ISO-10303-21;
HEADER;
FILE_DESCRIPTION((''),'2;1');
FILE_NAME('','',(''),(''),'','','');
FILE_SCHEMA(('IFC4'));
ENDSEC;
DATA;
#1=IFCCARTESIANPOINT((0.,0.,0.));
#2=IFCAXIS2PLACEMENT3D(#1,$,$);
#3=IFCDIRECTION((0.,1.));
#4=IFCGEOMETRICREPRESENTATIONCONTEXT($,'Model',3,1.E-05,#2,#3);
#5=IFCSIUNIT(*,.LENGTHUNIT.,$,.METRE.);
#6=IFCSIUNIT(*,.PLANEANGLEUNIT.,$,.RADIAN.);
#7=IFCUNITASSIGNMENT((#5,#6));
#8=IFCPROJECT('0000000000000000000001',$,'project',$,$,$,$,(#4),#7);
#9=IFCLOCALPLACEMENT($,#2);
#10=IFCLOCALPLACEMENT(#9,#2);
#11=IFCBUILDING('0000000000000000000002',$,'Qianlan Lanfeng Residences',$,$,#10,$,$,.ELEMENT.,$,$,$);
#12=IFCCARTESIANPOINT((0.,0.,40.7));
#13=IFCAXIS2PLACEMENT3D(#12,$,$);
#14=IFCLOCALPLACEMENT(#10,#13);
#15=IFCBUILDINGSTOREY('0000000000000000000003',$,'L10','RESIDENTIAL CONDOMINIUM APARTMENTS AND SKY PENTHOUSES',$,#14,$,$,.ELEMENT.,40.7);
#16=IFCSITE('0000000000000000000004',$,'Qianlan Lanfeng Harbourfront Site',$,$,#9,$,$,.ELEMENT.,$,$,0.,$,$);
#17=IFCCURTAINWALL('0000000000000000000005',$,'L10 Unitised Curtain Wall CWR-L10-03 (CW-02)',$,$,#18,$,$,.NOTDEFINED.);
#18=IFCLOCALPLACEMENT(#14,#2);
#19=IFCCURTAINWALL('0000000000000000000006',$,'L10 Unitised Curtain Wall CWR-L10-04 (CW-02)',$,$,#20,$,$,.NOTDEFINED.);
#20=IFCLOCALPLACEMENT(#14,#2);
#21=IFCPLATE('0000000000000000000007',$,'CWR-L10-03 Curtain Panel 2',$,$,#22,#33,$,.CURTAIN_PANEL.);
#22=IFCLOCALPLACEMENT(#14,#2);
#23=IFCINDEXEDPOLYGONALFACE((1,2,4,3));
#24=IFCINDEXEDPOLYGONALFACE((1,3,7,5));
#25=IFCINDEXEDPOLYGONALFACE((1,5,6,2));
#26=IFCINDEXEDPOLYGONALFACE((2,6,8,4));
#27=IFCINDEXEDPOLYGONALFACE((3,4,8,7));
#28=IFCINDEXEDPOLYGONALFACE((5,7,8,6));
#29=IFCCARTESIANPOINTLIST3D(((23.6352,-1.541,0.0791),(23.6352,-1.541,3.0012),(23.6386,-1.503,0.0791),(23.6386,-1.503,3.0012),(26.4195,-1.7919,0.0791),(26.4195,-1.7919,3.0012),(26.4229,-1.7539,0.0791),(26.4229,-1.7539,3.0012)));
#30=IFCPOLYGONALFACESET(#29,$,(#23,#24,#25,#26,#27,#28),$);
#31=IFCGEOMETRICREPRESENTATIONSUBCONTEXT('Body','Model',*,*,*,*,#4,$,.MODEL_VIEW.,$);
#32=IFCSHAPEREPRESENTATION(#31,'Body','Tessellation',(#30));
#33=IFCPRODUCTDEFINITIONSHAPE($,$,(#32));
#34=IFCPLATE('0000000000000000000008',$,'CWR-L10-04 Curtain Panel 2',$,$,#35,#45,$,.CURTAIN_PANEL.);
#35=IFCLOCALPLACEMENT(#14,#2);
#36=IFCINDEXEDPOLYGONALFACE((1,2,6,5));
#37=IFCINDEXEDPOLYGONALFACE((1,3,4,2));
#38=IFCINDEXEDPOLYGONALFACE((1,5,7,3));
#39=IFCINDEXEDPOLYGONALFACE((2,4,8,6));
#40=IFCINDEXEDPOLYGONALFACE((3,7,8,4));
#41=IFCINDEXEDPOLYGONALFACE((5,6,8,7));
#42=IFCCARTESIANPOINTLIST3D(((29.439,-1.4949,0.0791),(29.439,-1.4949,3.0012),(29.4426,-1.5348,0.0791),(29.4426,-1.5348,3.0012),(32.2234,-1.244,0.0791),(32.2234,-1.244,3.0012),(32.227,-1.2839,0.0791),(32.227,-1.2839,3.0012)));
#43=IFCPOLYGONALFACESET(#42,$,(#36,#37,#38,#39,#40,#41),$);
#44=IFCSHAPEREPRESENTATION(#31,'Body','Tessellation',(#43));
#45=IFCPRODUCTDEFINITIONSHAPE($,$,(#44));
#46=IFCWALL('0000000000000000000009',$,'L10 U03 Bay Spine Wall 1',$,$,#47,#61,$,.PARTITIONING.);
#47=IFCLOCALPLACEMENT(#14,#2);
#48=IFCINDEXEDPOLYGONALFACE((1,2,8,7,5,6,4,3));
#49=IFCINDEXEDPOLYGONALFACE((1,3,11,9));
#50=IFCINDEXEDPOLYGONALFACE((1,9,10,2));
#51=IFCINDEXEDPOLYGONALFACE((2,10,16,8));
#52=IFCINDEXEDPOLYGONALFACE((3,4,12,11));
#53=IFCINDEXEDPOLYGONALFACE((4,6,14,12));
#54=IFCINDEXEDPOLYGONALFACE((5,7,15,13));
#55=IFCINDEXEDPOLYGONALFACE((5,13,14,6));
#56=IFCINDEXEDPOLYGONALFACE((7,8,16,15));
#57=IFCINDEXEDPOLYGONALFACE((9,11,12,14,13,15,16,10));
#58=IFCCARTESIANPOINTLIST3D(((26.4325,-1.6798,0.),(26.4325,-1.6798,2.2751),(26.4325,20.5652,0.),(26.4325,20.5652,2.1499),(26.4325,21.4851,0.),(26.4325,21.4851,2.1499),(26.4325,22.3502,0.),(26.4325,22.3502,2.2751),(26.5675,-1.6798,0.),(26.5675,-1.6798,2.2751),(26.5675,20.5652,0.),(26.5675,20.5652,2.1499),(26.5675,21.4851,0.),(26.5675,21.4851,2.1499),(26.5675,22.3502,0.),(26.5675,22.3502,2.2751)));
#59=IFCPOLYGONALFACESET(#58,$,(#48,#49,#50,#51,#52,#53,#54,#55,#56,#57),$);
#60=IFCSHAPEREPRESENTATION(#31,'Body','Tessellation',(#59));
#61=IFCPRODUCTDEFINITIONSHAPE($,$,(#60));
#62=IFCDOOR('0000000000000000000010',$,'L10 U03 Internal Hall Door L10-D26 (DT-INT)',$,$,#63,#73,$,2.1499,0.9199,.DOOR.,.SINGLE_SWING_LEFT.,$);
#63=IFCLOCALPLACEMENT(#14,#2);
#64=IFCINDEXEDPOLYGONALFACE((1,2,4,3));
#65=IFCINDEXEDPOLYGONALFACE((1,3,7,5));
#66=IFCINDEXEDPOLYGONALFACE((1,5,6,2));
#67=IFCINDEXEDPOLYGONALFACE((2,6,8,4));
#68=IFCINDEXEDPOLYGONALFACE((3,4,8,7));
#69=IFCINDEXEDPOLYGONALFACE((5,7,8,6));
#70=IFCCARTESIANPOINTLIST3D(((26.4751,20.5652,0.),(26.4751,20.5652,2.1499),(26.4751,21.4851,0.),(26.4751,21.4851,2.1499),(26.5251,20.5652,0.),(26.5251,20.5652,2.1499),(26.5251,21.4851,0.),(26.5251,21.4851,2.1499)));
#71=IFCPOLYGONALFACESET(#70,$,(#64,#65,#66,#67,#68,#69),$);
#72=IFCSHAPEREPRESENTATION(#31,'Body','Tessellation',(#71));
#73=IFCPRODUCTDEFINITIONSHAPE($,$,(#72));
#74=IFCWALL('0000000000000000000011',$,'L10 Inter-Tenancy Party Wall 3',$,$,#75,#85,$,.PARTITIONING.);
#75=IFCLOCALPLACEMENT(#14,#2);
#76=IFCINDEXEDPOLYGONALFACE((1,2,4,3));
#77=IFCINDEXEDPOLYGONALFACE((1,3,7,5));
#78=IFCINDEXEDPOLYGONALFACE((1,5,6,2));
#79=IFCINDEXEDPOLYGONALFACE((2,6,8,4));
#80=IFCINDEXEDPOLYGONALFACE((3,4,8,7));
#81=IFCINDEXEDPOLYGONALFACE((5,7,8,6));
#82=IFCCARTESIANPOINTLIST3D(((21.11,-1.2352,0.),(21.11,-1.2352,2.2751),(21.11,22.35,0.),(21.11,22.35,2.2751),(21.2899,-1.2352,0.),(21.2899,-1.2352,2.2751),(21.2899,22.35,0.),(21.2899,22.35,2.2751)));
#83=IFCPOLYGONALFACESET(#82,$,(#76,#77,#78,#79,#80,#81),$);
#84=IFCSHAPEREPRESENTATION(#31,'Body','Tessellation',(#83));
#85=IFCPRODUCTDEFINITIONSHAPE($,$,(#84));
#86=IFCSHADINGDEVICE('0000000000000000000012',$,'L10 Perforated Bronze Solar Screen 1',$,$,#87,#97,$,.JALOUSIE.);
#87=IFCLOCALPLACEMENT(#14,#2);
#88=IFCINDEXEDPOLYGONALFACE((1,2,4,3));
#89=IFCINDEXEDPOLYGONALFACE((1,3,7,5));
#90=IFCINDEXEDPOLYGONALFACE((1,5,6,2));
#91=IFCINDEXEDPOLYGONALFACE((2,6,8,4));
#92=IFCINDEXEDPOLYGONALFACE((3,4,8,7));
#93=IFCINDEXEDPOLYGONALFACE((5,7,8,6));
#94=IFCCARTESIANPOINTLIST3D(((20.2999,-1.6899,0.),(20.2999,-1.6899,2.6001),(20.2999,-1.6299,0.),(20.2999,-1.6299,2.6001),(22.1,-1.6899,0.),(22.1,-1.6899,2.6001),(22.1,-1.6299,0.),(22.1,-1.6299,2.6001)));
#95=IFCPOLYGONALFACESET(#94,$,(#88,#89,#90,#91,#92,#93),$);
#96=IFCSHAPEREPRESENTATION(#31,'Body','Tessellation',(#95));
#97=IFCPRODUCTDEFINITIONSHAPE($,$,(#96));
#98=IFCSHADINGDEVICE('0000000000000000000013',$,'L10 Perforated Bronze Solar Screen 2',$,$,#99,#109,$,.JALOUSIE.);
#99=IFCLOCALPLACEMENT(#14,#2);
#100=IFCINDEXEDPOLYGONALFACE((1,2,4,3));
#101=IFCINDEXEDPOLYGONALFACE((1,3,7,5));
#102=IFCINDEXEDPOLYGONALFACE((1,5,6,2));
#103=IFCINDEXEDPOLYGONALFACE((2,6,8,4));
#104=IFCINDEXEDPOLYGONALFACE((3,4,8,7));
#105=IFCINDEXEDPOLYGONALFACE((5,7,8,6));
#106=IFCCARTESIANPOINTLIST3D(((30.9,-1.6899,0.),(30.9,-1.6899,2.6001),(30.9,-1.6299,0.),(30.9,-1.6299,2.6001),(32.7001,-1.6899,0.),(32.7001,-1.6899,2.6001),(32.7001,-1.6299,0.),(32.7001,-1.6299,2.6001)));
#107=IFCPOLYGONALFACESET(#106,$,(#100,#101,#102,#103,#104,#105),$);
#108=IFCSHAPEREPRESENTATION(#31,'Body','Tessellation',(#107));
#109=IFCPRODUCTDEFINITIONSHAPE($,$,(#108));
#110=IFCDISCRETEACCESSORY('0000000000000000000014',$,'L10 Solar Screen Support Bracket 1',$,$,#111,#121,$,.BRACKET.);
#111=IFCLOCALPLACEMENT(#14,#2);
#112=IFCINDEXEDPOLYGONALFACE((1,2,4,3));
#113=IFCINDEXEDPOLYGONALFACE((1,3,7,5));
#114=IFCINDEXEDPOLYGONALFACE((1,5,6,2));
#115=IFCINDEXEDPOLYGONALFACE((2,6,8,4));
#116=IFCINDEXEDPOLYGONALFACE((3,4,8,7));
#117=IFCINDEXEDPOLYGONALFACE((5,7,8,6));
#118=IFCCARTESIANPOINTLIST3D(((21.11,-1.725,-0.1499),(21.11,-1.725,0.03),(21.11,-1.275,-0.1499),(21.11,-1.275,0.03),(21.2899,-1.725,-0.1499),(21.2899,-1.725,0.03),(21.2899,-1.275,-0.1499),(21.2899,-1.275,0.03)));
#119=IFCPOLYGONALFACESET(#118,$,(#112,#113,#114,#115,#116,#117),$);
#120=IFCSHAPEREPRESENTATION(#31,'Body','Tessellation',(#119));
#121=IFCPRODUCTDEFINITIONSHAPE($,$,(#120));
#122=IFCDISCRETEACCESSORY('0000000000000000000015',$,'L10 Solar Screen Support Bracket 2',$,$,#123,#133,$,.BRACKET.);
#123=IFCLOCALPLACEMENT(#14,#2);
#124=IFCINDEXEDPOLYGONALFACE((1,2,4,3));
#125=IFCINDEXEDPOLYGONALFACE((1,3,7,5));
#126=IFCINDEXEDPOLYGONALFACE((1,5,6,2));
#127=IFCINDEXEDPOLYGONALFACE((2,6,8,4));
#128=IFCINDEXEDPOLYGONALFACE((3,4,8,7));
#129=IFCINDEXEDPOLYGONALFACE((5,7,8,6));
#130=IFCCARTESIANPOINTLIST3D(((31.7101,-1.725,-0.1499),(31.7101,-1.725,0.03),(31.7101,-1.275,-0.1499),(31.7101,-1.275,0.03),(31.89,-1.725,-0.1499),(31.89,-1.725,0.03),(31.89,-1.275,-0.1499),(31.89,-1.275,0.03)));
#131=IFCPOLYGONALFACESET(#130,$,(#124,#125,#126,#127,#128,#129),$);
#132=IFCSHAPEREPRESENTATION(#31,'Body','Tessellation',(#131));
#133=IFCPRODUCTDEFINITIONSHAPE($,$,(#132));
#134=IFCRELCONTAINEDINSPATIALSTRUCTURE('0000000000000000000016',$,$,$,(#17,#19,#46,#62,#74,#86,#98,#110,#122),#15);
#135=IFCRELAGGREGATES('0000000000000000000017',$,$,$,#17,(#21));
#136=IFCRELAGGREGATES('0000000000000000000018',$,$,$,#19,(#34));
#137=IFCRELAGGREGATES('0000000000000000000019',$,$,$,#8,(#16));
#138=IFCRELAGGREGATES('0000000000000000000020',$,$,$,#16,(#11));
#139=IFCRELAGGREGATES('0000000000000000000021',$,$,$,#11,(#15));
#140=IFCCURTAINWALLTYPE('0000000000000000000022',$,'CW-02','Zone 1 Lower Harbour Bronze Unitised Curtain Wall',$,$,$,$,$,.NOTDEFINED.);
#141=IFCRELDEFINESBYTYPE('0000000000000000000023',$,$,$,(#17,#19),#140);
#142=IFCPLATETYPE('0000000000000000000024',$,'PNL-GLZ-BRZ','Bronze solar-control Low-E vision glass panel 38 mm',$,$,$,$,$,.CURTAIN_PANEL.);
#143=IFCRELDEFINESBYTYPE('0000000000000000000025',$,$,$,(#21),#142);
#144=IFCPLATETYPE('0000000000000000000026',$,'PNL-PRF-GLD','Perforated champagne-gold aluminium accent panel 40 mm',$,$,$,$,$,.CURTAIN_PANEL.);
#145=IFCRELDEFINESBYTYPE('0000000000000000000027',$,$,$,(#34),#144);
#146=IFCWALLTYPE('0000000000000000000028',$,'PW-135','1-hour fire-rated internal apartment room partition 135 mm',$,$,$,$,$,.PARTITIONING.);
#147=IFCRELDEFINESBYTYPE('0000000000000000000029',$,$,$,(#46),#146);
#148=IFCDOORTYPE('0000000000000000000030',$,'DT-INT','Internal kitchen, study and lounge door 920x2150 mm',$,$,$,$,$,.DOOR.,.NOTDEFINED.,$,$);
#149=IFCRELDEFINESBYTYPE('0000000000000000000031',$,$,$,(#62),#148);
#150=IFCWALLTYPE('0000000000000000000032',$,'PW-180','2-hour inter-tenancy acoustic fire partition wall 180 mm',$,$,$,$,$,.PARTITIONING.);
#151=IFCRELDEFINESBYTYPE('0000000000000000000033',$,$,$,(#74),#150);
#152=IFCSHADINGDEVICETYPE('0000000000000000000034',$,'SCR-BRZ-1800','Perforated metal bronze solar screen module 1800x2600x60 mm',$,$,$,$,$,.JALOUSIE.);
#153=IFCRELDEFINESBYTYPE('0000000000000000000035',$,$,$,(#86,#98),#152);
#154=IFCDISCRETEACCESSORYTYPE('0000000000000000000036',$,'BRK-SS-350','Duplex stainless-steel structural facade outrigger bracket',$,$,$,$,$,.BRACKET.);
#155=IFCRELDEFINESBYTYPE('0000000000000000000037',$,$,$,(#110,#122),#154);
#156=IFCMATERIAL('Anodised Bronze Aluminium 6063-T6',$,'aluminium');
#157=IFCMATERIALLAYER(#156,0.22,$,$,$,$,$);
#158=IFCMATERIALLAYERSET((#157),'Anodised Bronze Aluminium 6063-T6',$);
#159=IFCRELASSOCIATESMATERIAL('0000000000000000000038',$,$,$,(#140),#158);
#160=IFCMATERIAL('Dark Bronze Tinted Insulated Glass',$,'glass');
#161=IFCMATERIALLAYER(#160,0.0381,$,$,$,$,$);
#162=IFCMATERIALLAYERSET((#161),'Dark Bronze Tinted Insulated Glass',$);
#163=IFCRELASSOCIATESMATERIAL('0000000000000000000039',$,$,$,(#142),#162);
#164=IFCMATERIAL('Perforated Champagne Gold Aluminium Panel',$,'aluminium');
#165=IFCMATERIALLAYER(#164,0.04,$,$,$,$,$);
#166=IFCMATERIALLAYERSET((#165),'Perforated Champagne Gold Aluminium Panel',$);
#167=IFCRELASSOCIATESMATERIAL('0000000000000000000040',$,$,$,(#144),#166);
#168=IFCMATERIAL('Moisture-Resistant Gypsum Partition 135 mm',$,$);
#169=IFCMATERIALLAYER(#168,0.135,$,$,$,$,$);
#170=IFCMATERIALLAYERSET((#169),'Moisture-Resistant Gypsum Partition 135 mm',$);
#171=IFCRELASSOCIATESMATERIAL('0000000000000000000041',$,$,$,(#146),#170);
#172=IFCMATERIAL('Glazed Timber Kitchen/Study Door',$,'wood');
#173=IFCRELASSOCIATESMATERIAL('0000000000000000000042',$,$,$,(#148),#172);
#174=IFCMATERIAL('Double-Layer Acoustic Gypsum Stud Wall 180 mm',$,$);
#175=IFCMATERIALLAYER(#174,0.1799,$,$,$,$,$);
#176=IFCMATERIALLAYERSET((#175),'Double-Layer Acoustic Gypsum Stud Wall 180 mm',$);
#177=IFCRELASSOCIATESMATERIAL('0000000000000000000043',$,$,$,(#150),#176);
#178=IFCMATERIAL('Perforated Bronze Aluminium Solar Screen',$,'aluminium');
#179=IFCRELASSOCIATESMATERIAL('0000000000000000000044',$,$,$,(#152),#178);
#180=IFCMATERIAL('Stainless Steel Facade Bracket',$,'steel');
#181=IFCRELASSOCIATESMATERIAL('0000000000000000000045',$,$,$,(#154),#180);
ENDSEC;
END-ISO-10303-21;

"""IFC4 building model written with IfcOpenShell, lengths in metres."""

from ifc_helpers import new_model, si_unit, direction, frame, frame_2d, origin, origin_2d, place, context, subcontext, project, spatial, rectangle, extrude, source, transform, mapped, material, layer, layer_set, type_object, element, fill, aggregate, save


model = new_model("IFC4")

# Units and contexts
model_context = context("Model", 3, precision=1e-05, world=origin(), true_north=direction((0.0, 1.0)))
body_context = subcontext(model_context, "Body", "Model", "MODEL_VIEW")
ifc_project = project(units=[si_unit("LENGTHUNIT", "METRE"), si_unit("PLANEANGLEUNIT", "RADIAN")], contexts=[model_context])

# Site, building, storey
site_placement = place(None, origin())
site = spatial("IfcSite", under=ifc_project, at=site_placement, Name="Qianlan Lanfeng Harbourfront Site", CompositionType="ELEMENT", RefElevation=0.0)
building_placement = place(site_placement, origin())
building = spatial("IfcBuilding", under=site, at=building_placement, Name="Qianlan Lanfeng Residences", CompositionType="ELEMENT")
storey_placement = place(building_placement, frame((0.0, 0.0, 40.7)))
storey = spatial("IfcBuildingStorey", under=building, at=storey_placement, Name="L10", Description="RESIDENTIAL CONDOMINIUM APARTMENTS AND SKY PENTHOUSES", CompositionType="ELEMENT", Elevation=40.7)

# Curtain walls
ifc_material_1 = material(Name="Anodised Bronze Aluminium 6063-T6", Category="aluminium")
ifc_layer_1 = layer(ifc_material_1, 0.22)
ifc_layer_set_1 = layer_set([ifc_layer_1], Name="Anodised Bronze Aluminium 6063-T6")
curtain_wall_type = type_object("IfcCurtainWallType", Name="CW-02", Description="Zone 1 Lower Harbour Bronze Unitised Curtain Wall", PredefinedType="NOTDEFINED", material=ifc_layer_set_1)
curtain_wall_1_placement = place(storey_placement, origin())
curtain_wall_1 = element("IfcCurtainWall", 1, at=curtain_wall_1_placement, inside=storey, type_object=curtain_wall_type, Name="L10 Unitised Curtain Wall CWR-L10-03 (CW-02)", PredefinedType="NOTDEFINED")
curtain_wall_2_placement = place(storey_placement, origin())
curtain_wall_2 = element("IfcCurtainWall", 2, at=curtain_wall_2_placement, inside=storey, type_object=curtain_wall_type, Name="L10 Unitised Curtain Wall CWR-L10-04 (CW-02)", PredefinedType="NOTDEFINED")

# Plates
ifc_material_2 = material(Name="Dark Bronze Tinted Insulated Glass", Category="glass")
ifc_layer_2 = layer(ifc_material_2, 0.0381)
ifc_layer_set_2 = layer_set([ifc_layer_2], Name="Dark Bronze Tinted Insulated Glass")
plate_type_1 = type_object("IfcPlateType", Name="PNL-GLZ-BRZ", Description="Bronze solar-control Low-E vision glass panel 38 mm", PredefinedType="CURTAIN_PANEL", material=ifc_layer_set_2)
shared_shape_1 = source(origin(), body_context, "Body", "SweptSolid", [
    extrude(rectangle(XDim=2.7957, YDim=0.0381, at=origin_2d()), origin(), (0.0, 0.0, 1.0), 2.9221),
])
plate_1_placement = place(storey_placement, frame((25.0291, -1.6475, 0.0791), z_axis=(0.0, 0.0, 1.0), x_axis=(0.995965, -0.089746, 0.0)))
plate_1 = element("IfcPlate", 3, at=plate_1_placement, type_object=plate_type_1, Name="CWR-L10-03 Curtain Panel 2", PredefinedType="CURTAIN_PANEL", context=body_context, shape_type="MappedRepresentation", body=[
    mapped(shared_shape_1, transform((0.0, 0.0, 0.0), scale=1.0)),
])
aggregate(curtain_wall_1, [plate_1])
ifc_material_3 = material(Name="Perforated Champagne Gold Aluminium Panel", Category="aluminium")
ifc_layer_3 = layer(ifc_material_3, 0.04)
ifc_layer_set_3 = layer_set([ifc_layer_3], Name="Perforated Champagne Gold Aluminium Panel")
plate_type_2 = type_object("IfcPlateType", Name="PNL-PRF-GLD", Description="Perforated champagne-gold aluminium accent panel 40 mm", PredefinedType="CURTAIN_PANEL", material=ifc_layer_set_3)
shared_shape_2 = source(origin(), body_context, "Body", "SweptSolid", [
    extrude(rectangle(XDim=2.7957, YDim=0.04, at=origin_2d()), origin(), (0.0, 0.0, 1.0), 2.9221),
])
plate_2_placement = place(storey_placement, frame((30.833, -1.3894, 0.0791), z_axis=(0.0, 0.0, 1.0), x_axis=(0.995965, 0.089746, 0.0)))
plate_2 = element("IfcPlate", 4, at=plate_2_placement, type_object=plate_type_2, Name="CWR-L10-04 Curtain Panel 2", PredefinedType="CURTAIN_PANEL", context=body_context, shape_type="MappedRepresentation", body=[
    mapped(shared_shape_2, transform((0.0, 0.0, 0.0), scale=1.0)),
])
aggregate(curtain_wall_2, [plate_2])

# Wall, opening, door
ifc_material_4 = material(Name="Moisture-Resistant Gypsum Partition 135 mm")
ifc_layer_4 = layer(ifc_material_4, 0.135)
ifc_layer_set_4 = layer_set([ifc_layer_4], Name="Moisture-Resistant Gypsum Partition 135 mm")
wall_type_1 = type_object("IfcWallType", Name="PW-135", Description="1-hour fire-rated internal apartment room partition 135 mm", PredefinedType="PARTITIONING", material=ifc_layer_set_4)
wall_1_placement = place(storey_placement, frame((26.5, -1.6799, 0.0), z_axis=(0.0, 0.0, 1.0), x_axis=(0.0, 1.0, 0.0)))
wall_1 = element("IfcWall", 5, at=wall_1_placement, inside=storey, type_object=wall_type_1, Name="L10 U03 Bay Spine Wall 1", PredefinedType="PARTITIONING", context=body_context, shape_type="SweptSolid", body=[
    extrude(rectangle(XDim=24.03, YDim=0.135, at=frame_2d((12.0151, 0.0))), origin(), (0.0, 0.0, 1.0), 2.2751),
])
opening_placement = place(wall_1_placement, frame((22.2451, 0.0, 0.0)))
opening = element("IfcOpeningElement", 6, at=opening_placement, cuts=wall_1, PredefinedType="OPENING", context=body_context, shape_type="SweptSolid", body=[
    extrude(rectangle(XDim=0.9199, YDim=2.1499, at=frame_2d((0.46, 1.075))), frame((0.0, 0.0776, 0.0), z_axis=(0.0, -1.0, 0.0), x_axis=(1.0, 0.0, 0.0)), (0.0, 0.0, 1.0), 0.155),
])
ifc_material_5 = material(Name="Glazed Timber Kitchen/Study Door", Category="wood")
door_type = type_object("IfcDoorType", Name="DT-INT", Description="Internal kitchen, study and lounge door 920x2150 mm", OperationType="NOTDEFINED", PredefinedType="DOOR", material=ifc_material_5)
door_placement = place(opening_placement, origin())
door = element("IfcDoor", 7, at=door_placement, inside=storey, type_object=door_type, Name="L10 U03 Internal Hall Door L10-D26 (DT-INT)", OperationType="SINGLE_SWING_LEFT", OverallHeight=2.1499, OverallWidth=0.9199, PredefinedType="DOOR", context=body_context, shape_type="SweptSolid", body=[
    extrude(rectangle(XDim=0.9199, YDim=2.1499, at=frame_2d((0.46, 1.075))), frame((0.0, 0.0249, 0.0), z_axis=(0.0, -1.0, 0.0), x_axis=(1.0, 0.0, 0.0)), (0.0, 0.0, 1.0), 0.05),
])
fill(opening, door)

# Wall
ifc_material_6 = material(Name="Double-Layer Acoustic Gypsum Stud Wall 180 mm")
ifc_layer_5 = layer(ifc_material_6, 0.1799)
ifc_layer_set_5 = layer_set([ifc_layer_5], Name="Double-Layer Acoustic Gypsum Stud Wall 180 mm")
wall_type_2 = type_object("IfcWallType", Name="PW-180", Description="2-hour inter-tenancy acoustic fire partition wall 180 mm", PredefinedType="PARTITIONING", material=ifc_layer_set_5)
wall_2_placement = place(storey_placement, frame((21.2, -1.2351, 0.0), z_axis=(0.0, 0.0, 1.0), x_axis=(0.0, 1.0, 0.0)))
element("IfcWall", 8, at=wall_2_placement, inside=storey, type_object=wall_type_2, Name="L10 Inter-Tenancy Party Wall 3", PredefinedType="PARTITIONING", context=body_context, shape_type="SweptSolid", body=[
    extrude(rectangle(XDim=23.5852, YDim=0.1799, at=frame_2d((11.7925, 0.0))), origin(), (0.0, 0.0, 1.0), 2.2751),
])

# Shading devices
ifc_material_7 = material(Name="Perforated Bronze Aluminium Solar Screen", Category="aluminium")
shading_device_type = type_object("IfcShadingDeviceType", Name="SCR-BRZ-1800", Description="Perforated metal bronze solar screen module 1800x2600x60 mm", PredefinedType="JALOUSIE", material=ifc_material_7)
shared_shape_3 = source(origin(), body_context, "Body", "SweptSolid", [
    extrude(rectangle(XDim=1.8, YDim=0.0601, at=origin_2d()), origin(), (0.0, 0.0, 1.0), 2.6001),
])
for number, where, z_axis, x_axis, name in (
    (9, (21.2, -1.6599, 0.0), (0.0, 0.0, 1.0), (1.0, 0.0, 0.0), "L10 Perforated Bronze Solar Screen 1"),
    (10, (31.8, -1.6599, 0.0), (0.0, 0.0, 1.0), (1.0, 0.0, 0.0), "L10 Perforated Bronze Solar Screen 2"),
):
    element("IfcShadingDevice", number, at=place(storey_placement, frame(where, z_axis=z_axis, x_axis=x_axis)), inside=storey, type_object=shading_device_type, Name=name, PredefinedType="JALOUSIE", context=body_context, shape_type="MappedRepresentation", body=[
        mapped(shared_shape_3, transform((0.0, 0.0, 0.0), scale=1.0)),
    ])

# Discrete accessories
ifc_material_8 = material(Name="Stainless Steel Facade Bracket", Category="steel")
discrete_accessory_type = type_object("IfcDiscreteAccessoryType", Name="BRK-SS-350", Description="Duplex stainless-steel structural facade outrigger bracket", PredefinedType="BRACKET", material=ifc_material_8)
shared_shape_4 = source(origin(), body_context, "Body", "SweptSolid", [
    extrude(rectangle(XDim=0.1799, YDim=0.45, at=origin_2d()), origin(), (0.0, 0.0, 1.0), 0.1799),
])
for number, where, z_axis, x_axis, name in (
    (11, (21.2, -1.5, -0.1499), (0.0, 0.0, 1.0), (1.0, 0.0, 0.0), "L10 Solar Screen Support Bracket 1"),
    (12, (31.8, -1.5, -0.1499), (0.0, 0.0, 1.0), (1.0, 0.0, 0.0), "L10 Solar Screen Support Bracket 2"),
):
    element("IfcDiscreteAccessory", number, at=place(storey_placement, frame(where, z_axis=z_axis, x_axis=x_axis)), inside=storey, type_object=discrete_accessory_type, Name=name, PredefinedType="BRACKET", context=body_context, shape_type="MappedRepresentation", body=[
        mapped(shared_shape_4, transform((0.0, 0.0, 0.0), scale=1.0)),
    ])

save(model, "model.ifc")
